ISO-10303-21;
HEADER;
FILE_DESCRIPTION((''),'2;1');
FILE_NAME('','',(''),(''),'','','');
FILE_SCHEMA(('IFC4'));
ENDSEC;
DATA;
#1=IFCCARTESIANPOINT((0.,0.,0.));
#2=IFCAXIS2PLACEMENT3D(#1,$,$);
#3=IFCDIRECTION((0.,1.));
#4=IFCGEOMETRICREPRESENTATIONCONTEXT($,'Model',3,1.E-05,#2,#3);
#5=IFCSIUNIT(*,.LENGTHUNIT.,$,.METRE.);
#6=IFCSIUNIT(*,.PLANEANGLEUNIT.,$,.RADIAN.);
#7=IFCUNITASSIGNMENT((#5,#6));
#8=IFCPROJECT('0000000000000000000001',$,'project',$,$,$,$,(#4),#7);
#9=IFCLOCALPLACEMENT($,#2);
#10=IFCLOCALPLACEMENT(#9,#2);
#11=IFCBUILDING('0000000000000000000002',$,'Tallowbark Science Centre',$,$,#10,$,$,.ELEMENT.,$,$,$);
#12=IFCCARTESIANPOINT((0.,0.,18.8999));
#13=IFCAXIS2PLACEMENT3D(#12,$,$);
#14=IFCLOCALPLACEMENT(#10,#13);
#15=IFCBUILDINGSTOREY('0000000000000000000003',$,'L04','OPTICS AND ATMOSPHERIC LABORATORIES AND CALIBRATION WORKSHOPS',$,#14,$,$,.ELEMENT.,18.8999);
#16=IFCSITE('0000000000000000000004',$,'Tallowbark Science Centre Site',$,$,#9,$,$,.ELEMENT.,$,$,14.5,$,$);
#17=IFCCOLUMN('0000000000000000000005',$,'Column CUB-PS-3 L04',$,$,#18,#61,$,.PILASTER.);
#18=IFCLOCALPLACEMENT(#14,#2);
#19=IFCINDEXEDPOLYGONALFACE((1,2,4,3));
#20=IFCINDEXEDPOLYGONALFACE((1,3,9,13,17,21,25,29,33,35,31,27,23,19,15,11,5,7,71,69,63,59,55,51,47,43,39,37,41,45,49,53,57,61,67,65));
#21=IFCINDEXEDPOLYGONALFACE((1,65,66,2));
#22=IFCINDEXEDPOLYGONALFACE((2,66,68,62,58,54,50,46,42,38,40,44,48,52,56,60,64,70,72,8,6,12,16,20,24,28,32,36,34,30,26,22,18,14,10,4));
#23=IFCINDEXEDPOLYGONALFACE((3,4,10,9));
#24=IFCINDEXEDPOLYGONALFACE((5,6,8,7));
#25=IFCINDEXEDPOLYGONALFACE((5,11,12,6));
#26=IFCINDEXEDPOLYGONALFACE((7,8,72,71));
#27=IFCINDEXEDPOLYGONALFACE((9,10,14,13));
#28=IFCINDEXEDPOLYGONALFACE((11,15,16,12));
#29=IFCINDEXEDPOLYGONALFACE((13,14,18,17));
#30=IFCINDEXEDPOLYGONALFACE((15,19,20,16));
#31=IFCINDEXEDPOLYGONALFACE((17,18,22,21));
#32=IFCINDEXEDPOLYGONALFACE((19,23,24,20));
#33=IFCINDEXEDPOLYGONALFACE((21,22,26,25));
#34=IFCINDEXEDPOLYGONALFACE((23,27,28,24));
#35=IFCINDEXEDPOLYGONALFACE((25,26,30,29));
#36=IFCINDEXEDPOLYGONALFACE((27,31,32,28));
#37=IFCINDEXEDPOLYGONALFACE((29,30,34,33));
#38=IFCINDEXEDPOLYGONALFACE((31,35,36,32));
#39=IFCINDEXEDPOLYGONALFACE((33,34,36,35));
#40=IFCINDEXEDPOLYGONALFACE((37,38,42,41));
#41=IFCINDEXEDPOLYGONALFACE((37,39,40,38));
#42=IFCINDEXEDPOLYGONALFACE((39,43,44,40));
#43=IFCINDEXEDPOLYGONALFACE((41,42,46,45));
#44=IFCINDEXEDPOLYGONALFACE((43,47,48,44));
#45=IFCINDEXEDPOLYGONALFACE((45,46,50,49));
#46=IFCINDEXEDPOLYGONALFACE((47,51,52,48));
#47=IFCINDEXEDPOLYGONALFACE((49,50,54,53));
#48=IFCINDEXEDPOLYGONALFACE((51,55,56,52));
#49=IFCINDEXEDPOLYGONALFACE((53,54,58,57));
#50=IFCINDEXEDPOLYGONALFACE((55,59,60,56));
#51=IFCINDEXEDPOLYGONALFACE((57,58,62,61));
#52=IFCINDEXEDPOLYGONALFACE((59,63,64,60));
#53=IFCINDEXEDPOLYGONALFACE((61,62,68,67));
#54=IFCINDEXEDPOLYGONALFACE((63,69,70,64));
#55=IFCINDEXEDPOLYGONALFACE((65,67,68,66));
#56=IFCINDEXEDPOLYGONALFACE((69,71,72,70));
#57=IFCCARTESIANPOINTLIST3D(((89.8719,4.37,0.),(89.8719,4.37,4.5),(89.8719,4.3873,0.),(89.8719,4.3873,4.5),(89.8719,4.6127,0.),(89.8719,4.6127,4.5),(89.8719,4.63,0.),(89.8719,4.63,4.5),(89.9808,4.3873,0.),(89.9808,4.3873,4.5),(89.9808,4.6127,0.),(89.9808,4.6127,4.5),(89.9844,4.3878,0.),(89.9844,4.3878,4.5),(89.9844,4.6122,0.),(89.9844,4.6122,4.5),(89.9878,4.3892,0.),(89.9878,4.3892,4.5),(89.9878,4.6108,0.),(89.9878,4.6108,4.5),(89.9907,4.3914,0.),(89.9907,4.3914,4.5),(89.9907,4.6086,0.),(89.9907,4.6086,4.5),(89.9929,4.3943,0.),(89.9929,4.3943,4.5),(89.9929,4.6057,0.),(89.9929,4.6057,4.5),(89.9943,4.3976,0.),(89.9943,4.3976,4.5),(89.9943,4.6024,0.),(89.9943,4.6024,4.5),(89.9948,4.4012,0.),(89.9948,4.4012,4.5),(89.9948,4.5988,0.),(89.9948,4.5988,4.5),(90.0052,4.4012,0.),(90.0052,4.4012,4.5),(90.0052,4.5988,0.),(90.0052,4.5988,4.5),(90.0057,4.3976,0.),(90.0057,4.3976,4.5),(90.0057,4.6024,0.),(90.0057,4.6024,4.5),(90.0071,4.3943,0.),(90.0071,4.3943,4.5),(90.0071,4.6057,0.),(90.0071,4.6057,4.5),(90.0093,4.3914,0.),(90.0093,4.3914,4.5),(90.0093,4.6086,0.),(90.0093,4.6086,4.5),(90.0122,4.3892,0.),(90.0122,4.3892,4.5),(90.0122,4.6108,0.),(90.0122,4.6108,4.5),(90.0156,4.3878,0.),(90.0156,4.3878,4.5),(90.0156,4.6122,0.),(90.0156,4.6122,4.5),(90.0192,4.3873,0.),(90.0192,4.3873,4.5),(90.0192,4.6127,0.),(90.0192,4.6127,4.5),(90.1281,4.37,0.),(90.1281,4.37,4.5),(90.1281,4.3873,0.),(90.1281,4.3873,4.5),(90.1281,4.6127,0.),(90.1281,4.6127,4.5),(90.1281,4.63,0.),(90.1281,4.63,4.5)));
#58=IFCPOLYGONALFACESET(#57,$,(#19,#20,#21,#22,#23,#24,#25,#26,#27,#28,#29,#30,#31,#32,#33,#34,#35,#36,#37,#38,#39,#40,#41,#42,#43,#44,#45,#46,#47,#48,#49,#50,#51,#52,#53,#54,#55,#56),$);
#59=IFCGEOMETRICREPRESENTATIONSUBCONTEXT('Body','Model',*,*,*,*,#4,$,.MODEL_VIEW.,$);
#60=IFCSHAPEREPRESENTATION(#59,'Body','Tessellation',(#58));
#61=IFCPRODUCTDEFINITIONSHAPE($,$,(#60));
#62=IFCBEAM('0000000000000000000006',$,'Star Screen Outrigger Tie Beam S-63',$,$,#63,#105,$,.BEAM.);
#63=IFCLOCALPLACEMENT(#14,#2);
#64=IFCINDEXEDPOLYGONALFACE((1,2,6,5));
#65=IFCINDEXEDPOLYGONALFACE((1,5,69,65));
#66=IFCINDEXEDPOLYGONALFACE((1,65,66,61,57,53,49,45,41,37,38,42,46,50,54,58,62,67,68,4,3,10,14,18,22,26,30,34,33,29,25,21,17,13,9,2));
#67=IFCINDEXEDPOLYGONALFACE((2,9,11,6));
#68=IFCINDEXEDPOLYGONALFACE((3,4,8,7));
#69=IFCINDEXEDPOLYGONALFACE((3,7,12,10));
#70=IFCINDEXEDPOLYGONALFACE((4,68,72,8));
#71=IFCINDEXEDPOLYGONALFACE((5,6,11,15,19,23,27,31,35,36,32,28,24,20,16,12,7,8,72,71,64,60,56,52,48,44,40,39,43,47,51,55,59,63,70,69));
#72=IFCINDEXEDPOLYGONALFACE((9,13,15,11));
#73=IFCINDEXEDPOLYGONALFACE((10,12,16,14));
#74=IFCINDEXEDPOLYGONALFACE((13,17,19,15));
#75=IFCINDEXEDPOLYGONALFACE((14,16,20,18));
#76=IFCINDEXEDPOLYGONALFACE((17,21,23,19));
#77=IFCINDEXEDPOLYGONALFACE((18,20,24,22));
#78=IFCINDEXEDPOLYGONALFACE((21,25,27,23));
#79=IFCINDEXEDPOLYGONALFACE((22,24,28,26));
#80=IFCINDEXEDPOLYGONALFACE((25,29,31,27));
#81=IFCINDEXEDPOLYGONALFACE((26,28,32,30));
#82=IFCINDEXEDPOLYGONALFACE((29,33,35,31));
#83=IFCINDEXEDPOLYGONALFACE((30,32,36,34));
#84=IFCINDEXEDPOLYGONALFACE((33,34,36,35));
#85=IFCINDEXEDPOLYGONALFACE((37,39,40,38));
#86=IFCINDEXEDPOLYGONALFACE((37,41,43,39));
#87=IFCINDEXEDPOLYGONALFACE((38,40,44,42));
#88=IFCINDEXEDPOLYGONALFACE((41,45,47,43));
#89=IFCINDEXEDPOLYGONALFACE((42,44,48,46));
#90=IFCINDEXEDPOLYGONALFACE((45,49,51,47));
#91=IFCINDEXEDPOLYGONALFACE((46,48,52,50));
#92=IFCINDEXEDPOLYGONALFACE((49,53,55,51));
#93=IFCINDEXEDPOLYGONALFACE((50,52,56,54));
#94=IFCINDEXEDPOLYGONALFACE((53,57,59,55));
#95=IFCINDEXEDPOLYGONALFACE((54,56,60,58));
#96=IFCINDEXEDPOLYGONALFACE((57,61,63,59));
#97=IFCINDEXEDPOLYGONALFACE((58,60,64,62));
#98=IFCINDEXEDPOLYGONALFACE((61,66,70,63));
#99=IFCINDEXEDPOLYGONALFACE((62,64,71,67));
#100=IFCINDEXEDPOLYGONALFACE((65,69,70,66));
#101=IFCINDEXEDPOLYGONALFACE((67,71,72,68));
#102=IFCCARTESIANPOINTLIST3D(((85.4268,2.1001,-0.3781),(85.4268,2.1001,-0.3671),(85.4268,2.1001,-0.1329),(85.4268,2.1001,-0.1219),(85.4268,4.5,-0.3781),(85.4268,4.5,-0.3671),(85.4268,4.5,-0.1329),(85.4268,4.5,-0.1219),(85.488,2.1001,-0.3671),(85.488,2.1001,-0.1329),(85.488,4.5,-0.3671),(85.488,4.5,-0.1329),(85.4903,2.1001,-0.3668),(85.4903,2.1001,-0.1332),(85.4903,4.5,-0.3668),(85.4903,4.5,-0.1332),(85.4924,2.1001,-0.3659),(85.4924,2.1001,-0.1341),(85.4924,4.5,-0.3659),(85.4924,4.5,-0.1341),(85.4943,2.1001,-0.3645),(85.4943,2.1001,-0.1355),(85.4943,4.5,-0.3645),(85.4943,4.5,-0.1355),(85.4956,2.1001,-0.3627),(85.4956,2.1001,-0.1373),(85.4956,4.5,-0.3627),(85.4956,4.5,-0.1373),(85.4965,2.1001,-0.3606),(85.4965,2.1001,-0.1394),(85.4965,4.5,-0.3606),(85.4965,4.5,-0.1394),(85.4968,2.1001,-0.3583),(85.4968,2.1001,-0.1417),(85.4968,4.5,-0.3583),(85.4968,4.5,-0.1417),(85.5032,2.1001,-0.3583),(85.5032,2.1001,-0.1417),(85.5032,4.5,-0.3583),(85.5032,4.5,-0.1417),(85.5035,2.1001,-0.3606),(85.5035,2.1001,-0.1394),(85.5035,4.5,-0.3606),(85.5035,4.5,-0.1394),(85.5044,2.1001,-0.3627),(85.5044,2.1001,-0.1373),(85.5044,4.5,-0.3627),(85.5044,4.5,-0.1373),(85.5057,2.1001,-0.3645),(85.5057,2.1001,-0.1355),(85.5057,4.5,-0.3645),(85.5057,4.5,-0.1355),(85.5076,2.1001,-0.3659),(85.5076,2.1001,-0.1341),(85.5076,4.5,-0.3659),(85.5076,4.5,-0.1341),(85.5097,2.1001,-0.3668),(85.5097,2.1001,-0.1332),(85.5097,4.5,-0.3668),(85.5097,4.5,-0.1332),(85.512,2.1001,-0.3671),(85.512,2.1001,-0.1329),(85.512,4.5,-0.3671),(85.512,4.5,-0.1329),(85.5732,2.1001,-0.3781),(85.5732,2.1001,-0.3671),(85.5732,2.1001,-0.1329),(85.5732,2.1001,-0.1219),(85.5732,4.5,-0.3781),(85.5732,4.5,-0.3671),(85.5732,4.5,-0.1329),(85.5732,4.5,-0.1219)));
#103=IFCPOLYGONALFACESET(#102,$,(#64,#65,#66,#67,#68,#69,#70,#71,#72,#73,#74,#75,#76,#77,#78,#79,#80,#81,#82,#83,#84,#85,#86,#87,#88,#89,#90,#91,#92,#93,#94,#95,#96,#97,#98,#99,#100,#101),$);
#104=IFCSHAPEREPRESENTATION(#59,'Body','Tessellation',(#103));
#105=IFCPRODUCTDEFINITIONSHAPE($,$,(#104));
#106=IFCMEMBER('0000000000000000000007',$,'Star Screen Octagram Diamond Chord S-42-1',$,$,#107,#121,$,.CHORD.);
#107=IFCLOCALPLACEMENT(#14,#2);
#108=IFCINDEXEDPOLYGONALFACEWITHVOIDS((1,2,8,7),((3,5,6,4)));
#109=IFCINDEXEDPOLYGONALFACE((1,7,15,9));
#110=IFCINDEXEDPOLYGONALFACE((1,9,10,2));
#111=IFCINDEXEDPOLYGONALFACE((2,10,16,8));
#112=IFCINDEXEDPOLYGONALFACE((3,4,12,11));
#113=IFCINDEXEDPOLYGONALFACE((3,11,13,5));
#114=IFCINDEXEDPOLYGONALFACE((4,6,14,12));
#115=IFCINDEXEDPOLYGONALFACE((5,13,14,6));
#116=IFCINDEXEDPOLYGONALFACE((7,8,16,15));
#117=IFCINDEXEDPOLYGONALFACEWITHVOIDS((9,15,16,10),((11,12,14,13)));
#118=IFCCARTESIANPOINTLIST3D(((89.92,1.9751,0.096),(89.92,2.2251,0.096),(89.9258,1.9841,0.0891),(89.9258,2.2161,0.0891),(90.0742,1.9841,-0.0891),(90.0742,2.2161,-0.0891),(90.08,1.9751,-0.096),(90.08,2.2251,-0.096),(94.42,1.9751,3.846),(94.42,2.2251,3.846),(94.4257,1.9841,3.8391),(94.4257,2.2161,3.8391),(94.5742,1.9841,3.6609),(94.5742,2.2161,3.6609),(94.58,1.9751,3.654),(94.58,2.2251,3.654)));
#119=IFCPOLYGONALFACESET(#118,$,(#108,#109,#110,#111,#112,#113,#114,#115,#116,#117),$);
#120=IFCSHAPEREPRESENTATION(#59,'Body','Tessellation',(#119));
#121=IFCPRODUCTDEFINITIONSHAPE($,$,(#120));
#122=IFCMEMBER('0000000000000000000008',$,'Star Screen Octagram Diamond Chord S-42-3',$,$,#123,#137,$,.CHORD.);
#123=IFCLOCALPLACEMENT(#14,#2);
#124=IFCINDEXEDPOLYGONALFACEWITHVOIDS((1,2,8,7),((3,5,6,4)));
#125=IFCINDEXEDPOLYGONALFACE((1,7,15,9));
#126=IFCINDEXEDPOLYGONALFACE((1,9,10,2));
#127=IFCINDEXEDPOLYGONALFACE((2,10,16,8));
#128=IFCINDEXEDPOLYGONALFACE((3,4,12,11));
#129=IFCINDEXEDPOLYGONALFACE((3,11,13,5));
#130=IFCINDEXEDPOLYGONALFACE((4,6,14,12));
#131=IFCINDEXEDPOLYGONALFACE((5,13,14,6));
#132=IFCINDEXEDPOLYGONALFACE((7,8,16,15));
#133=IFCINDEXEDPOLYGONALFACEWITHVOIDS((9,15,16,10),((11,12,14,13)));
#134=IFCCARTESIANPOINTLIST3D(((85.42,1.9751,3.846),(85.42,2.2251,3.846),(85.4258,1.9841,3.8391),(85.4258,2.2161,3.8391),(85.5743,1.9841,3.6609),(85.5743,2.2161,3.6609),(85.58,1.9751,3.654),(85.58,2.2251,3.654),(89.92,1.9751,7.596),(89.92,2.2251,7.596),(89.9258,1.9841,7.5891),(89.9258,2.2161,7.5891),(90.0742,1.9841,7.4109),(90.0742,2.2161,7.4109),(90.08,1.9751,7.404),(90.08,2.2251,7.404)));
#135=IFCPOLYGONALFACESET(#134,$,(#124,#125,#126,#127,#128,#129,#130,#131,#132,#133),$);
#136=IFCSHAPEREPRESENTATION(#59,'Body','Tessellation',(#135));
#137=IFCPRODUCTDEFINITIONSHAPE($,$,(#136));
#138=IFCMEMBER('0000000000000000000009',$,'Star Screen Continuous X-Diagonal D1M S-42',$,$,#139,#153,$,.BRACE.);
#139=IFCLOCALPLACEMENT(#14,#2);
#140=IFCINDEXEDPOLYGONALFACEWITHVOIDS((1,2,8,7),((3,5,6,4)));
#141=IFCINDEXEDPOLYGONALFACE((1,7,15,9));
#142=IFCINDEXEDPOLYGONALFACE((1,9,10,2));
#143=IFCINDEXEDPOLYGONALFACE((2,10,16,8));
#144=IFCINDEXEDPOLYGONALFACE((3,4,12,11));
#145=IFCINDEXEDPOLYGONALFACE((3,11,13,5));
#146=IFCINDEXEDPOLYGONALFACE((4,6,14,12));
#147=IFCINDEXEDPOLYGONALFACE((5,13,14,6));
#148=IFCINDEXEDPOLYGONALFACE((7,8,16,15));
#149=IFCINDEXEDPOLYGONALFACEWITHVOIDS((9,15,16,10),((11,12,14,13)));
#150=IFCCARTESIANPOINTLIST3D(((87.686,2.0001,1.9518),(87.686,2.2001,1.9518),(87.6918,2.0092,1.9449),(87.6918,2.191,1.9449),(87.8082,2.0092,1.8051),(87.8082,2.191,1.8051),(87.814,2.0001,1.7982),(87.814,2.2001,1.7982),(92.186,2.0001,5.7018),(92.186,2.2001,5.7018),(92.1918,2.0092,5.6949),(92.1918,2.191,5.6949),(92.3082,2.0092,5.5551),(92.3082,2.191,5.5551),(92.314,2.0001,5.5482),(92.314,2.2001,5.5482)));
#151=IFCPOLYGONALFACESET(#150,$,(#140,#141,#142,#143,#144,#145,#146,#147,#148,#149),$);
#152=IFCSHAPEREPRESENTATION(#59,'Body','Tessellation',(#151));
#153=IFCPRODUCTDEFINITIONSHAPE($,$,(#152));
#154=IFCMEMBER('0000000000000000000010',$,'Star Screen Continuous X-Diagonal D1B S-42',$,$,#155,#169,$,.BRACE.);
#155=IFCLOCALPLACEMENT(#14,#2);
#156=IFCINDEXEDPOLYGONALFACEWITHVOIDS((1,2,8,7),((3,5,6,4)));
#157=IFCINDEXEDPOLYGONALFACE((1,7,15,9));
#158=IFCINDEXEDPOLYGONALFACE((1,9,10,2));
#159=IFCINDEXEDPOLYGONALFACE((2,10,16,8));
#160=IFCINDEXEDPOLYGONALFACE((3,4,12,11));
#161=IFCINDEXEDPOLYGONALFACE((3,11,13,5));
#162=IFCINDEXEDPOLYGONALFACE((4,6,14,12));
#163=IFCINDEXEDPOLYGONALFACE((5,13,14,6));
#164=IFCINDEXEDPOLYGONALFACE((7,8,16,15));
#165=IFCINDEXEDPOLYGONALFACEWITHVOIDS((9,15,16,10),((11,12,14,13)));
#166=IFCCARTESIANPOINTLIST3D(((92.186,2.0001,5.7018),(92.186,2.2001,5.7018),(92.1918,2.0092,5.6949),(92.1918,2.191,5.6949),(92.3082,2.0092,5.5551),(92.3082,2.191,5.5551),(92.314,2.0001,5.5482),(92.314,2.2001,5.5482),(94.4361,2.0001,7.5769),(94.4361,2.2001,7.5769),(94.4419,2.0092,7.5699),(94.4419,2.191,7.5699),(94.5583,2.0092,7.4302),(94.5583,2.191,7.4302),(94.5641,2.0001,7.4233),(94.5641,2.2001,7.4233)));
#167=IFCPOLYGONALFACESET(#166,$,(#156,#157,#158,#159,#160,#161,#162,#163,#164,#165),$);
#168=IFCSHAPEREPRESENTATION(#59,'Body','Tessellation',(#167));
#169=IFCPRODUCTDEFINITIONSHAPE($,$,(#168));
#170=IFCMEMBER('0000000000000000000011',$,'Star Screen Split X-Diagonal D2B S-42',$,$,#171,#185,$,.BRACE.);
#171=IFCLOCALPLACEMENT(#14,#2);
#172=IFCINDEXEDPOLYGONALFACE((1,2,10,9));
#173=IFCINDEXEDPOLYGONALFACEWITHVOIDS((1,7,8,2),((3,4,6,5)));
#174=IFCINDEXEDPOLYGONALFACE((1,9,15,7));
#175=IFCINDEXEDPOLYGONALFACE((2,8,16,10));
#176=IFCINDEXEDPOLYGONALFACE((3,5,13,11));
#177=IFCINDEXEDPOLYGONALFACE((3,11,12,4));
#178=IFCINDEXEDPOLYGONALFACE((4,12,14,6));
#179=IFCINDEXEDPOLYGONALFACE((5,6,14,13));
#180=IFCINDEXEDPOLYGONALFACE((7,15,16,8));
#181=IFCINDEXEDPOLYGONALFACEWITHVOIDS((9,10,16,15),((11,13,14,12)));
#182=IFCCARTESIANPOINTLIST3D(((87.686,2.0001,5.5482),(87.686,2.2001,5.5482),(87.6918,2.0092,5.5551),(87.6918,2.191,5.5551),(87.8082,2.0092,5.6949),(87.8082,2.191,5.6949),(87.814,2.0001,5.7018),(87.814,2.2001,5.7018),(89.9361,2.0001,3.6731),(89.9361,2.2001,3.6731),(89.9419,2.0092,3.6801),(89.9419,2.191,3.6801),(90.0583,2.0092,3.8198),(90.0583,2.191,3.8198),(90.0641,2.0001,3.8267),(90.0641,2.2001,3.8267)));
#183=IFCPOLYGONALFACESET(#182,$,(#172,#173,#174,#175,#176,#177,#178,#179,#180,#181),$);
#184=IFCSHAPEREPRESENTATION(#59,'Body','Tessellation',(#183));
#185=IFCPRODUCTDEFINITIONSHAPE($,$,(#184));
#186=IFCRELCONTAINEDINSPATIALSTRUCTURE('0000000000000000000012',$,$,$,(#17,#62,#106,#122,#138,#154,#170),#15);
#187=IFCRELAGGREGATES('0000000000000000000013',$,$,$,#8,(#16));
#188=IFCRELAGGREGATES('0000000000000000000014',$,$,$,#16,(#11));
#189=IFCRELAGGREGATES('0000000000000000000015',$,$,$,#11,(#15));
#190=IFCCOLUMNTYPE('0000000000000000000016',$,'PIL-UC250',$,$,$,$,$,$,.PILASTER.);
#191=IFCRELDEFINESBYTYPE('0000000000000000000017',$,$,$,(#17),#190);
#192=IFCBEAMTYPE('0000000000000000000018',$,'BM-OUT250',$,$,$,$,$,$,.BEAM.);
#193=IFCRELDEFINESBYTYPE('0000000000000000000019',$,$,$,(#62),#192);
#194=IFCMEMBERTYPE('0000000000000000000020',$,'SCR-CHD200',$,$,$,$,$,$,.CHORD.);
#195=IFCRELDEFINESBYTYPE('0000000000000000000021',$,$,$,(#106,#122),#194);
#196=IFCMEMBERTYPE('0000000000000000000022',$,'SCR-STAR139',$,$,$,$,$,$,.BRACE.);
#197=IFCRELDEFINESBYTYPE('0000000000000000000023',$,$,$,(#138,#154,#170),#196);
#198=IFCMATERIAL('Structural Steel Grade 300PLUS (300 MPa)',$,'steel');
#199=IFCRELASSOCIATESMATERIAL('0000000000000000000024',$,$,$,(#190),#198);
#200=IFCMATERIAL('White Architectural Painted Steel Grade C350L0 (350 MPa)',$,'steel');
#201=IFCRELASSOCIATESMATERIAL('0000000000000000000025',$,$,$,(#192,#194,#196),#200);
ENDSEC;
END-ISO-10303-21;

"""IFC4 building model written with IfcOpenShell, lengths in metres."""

from ifc_helpers import new_model, si_unit, direction, frame, origin, origin_2d, place, context, subcontext, project, spatial, hollow_rectangle, i_section, extrude, material, material_profile, profile_set, type_object, element, save


model = new_model("IFC4")

# Units and contexts
model_context = context("Model", 3, precision=1e-05, world=origin(), true_north=direction((0.0, 1.0)))
body_context = subcontext(model_context, "Body", "Model", "MODEL_VIEW")
ifc_project = project(units=[si_unit("LENGTHUNIT", "METRE"), si_unit("PLANEANGLEUNIT", "RADIAN")], contexts=[model_context])

# Site, building, storey
site_placement = place(None, origin())
site = spatial("IfcSite", under=ifc_project, at=site_placement, Name="Tallowbark Science Centre Site", CompositionType="ELEMENT", RefElevation=14.5)
building_placement = place(site_placement, origin())
building = spatial("IfcBuilding", under=site, at=building_placement, Name="Tallowbark Science Centre", CompositionType="ELEMENT")
storey_placement = place(building_placement, frame((0.0, 0.0, 18.8999)))
storey = spatial("IfcBuildingStorey", under=building, at=storey_placement, Name="L04", Description="OPTICS AND ATMOSPHERIC LABORATORIES AND CALIBRATION WORKSHOPS", CompositionType="ELEMENT", Elevation=18.8999)

# Column
ifc_material_1 = material(Name="Structural Steel Grade 300PLUS (300 MPa)", Category="steel")
ifc_material_profile_1 = material_profile(ifc_material_1, i_section(OverallWidth=0.2561, OverallDepth=0.26, WebThickness=0.0105, FlangeThickness=0.0173, FilletRadius=0.0139, at=origin_2d()), Name="250UC89.5")
ifc_profile_set_1 = profile_set([ifc_material_profile_1], Name="Structural Steel Grade 300PLUS (300 MPa)")
column_type = type_object("IfcColumnType", Name="PIL-UC250", PredefinedType="PILASTER", material=ifc_profile_set_1)
column_placement = place(storey_placement, frame((90.0, 4.5, 0.0), z_axis=(0.0, 0.0, 1.0), x_axis=(1.0, 0.0, 0.0)))
element("IfcColumn", 1, at=column_placement, inside=storey, type_object=column_type, Name="Column CUB-PS-3 L04", PredefinedType="PILASTER", context=body_context, shape_type="SweptSolid", body=[
    extrude(i_section(OverallWidth=0.2561, OverallDepth=0.26, WebThickness=0.0105, FlangeThickness=0.0173, FilletRadius=0.0139, at=origin_2d()), origin(), (0.0, 0.0, 1.0), 4.5),
])

# Beam
ifc_material_2 = material(Name="White Architectural Painted Steel Grade C350L0 (350 MPa)", Category="steel")
ifc_material_profile_2 = material_profile(ifc_material_2, i_section(OverallWidth=0.1465, OverallDepth=0.2561, WebThickness=0.0063, FlangeThickness=0.011, FilletRadius=0.0088, at=origin_2d()), Name="250UB37.3")
ifc_profile_set_2 = profile_set([ifc_material_profile_2], Name="White Architectural Painted Steel Grade C350L0 (350 MPa)")
beam_type_1 = type_object("IfcBeamType", Name="BM-OUT250", PredefinedType="BEAM", material=ifc_profile_set_2)
beam_1_placement = place(storey_placement, frame((85.5, 4.5, -0.25), z_axis=(0.0, -1.0, 0.0), x_axis=(1.0, 0.0, 0.0)))
element("IfcBeam", 2, at=beam_1_placement, inside=storey, type_object=beam_type_1, Name="Star Screen Outrigger Tie Beam S-63", PredefinedType="BEAM", context=body_context, shape_type="SweptSolid", body=[
    extrude(i_section(OverallWidth=0.1465, OverallDepth=0.2561, WebThickness=0.0063, FlangeThickness=0.011, FilletRadius=0.0088, at=origin_2d()), origin(), (0.0, 0.0, 1.0), 2.3999),
])

# Members
ifc_material_profile_3 = material_profile(ifc_material_2, hollow_rectangle(XDim=0.25, YDim=0.25, WallThickness=0.009, at=origin_2d()), Name="250x250x9.0SHS")
ifc_profile_set_3 = profile_set([ifc_material_profile_3], Name="White Architectural Painted Steel Grade C350L0 (350 MPa)")
member_type_1 = type_object("IfcMemberType", Name="SCR-CHD200", PredefinedType="CHORD", material=ifc_profile_set_3)
for number, where, z_axis, x_axis, name in (
    (3, (90.0, 2.1001, 0.0), (0.768221, 0.0, 0.640184), (0.0, 1.0, 0.0), "Star Screen Octagram Diamond Chord S-42-1"),
    (4, (90.0, 2.1001, 7.5), (-0.768221, 0.0, -0.640184), (0.0, -1.0, 0.0), "Star Screen Octagram Diamond Chord S-42-3"),
):
    element("IfcMember", number, at=place(storey_placement, frame(where, z_axis=z_axis, x_axis=x_axis)), inside=storey, type_object=member_type_1, Name=name, PredefinedType="CHORD", context=body_context, shape_type="SweptSolid", body=[
        extrude(hollow_rectangle(XDim=0.25, YDim=0.25, WallThickness=0.009, at=origin_2d()), origin(), (0.0, 0.0, 1.0), 5.8577),
    ])
ifc_material_profile_4 = material_profile(ifc_material_2, hollow_rectangle(XDim=0.2, YDim=0.2, WallThickness=0.009, at=origin_2d()), Name="200x200x9.0SHS")
ifc_profile_set_4 = profile_set([ifc_material_profile_4], Name="White Architectural Painted Steel Grade C350L0 (350 MPa)")
member_type_2 = type_object("IfcMemberType", Name="SCR-STAR139", PredefinedType="BRACE", material=ifc_profile_set_4)
member_1_placement = place(storey_placement, frame((87.75, 2.1001, 1.875), z_axis=(0.768221, 0.0, 0.640184), x_axis=(0.0, 1.0, 0.0)))
element("IfcMember", 5, at=member_1_placement, inside=storey, type_object=member_type_2, Name="Star Screen Continuous X-Diagonal D1M S-42", PredefinedType="BRACE", context=body_context, shape_type="SweptSolid", body=[
    extrude(hollow_rectangle(XDim=0.2, YDim=0.2, WallThickness=0.009, at=origin_2d()), origin(), (0.0, 0.0, 1.0), 5.8577),
])
for number, where, z_axis, x_axis, name in (
    (6, (92.25, 2.1001, 5.625), (0.768221, 0.0, 0.640184), (0.0, 1.0, 0.0), "Star Screen Continuous X-Diagonal D1B S-42"),
    (7, (87.75, 2.1001, 5.625), (0.768221, 0.0, -0.640184), (0.0, 1.0, 0.0), "Star Screen Split X-Diagonal D2B S-42"),
):
    element("IfcMember", number, at=place(storey_placement, frame(where, z_axis=z_axis, x_axis=x_axis)), inside=storey, type_object=member_type_2, Name=name, PredefinedType="BRACE", context=body_context, shape_type="SweptSolid", body=[
        extrude(hollow_rectangle(XDim=0.2, YDim=0.2, WallThickness=0.009, at=origin_2d()), origin(), (0.0, 0.0, 1.0), 2.929),
    ])

save(model, "model.ifc")
